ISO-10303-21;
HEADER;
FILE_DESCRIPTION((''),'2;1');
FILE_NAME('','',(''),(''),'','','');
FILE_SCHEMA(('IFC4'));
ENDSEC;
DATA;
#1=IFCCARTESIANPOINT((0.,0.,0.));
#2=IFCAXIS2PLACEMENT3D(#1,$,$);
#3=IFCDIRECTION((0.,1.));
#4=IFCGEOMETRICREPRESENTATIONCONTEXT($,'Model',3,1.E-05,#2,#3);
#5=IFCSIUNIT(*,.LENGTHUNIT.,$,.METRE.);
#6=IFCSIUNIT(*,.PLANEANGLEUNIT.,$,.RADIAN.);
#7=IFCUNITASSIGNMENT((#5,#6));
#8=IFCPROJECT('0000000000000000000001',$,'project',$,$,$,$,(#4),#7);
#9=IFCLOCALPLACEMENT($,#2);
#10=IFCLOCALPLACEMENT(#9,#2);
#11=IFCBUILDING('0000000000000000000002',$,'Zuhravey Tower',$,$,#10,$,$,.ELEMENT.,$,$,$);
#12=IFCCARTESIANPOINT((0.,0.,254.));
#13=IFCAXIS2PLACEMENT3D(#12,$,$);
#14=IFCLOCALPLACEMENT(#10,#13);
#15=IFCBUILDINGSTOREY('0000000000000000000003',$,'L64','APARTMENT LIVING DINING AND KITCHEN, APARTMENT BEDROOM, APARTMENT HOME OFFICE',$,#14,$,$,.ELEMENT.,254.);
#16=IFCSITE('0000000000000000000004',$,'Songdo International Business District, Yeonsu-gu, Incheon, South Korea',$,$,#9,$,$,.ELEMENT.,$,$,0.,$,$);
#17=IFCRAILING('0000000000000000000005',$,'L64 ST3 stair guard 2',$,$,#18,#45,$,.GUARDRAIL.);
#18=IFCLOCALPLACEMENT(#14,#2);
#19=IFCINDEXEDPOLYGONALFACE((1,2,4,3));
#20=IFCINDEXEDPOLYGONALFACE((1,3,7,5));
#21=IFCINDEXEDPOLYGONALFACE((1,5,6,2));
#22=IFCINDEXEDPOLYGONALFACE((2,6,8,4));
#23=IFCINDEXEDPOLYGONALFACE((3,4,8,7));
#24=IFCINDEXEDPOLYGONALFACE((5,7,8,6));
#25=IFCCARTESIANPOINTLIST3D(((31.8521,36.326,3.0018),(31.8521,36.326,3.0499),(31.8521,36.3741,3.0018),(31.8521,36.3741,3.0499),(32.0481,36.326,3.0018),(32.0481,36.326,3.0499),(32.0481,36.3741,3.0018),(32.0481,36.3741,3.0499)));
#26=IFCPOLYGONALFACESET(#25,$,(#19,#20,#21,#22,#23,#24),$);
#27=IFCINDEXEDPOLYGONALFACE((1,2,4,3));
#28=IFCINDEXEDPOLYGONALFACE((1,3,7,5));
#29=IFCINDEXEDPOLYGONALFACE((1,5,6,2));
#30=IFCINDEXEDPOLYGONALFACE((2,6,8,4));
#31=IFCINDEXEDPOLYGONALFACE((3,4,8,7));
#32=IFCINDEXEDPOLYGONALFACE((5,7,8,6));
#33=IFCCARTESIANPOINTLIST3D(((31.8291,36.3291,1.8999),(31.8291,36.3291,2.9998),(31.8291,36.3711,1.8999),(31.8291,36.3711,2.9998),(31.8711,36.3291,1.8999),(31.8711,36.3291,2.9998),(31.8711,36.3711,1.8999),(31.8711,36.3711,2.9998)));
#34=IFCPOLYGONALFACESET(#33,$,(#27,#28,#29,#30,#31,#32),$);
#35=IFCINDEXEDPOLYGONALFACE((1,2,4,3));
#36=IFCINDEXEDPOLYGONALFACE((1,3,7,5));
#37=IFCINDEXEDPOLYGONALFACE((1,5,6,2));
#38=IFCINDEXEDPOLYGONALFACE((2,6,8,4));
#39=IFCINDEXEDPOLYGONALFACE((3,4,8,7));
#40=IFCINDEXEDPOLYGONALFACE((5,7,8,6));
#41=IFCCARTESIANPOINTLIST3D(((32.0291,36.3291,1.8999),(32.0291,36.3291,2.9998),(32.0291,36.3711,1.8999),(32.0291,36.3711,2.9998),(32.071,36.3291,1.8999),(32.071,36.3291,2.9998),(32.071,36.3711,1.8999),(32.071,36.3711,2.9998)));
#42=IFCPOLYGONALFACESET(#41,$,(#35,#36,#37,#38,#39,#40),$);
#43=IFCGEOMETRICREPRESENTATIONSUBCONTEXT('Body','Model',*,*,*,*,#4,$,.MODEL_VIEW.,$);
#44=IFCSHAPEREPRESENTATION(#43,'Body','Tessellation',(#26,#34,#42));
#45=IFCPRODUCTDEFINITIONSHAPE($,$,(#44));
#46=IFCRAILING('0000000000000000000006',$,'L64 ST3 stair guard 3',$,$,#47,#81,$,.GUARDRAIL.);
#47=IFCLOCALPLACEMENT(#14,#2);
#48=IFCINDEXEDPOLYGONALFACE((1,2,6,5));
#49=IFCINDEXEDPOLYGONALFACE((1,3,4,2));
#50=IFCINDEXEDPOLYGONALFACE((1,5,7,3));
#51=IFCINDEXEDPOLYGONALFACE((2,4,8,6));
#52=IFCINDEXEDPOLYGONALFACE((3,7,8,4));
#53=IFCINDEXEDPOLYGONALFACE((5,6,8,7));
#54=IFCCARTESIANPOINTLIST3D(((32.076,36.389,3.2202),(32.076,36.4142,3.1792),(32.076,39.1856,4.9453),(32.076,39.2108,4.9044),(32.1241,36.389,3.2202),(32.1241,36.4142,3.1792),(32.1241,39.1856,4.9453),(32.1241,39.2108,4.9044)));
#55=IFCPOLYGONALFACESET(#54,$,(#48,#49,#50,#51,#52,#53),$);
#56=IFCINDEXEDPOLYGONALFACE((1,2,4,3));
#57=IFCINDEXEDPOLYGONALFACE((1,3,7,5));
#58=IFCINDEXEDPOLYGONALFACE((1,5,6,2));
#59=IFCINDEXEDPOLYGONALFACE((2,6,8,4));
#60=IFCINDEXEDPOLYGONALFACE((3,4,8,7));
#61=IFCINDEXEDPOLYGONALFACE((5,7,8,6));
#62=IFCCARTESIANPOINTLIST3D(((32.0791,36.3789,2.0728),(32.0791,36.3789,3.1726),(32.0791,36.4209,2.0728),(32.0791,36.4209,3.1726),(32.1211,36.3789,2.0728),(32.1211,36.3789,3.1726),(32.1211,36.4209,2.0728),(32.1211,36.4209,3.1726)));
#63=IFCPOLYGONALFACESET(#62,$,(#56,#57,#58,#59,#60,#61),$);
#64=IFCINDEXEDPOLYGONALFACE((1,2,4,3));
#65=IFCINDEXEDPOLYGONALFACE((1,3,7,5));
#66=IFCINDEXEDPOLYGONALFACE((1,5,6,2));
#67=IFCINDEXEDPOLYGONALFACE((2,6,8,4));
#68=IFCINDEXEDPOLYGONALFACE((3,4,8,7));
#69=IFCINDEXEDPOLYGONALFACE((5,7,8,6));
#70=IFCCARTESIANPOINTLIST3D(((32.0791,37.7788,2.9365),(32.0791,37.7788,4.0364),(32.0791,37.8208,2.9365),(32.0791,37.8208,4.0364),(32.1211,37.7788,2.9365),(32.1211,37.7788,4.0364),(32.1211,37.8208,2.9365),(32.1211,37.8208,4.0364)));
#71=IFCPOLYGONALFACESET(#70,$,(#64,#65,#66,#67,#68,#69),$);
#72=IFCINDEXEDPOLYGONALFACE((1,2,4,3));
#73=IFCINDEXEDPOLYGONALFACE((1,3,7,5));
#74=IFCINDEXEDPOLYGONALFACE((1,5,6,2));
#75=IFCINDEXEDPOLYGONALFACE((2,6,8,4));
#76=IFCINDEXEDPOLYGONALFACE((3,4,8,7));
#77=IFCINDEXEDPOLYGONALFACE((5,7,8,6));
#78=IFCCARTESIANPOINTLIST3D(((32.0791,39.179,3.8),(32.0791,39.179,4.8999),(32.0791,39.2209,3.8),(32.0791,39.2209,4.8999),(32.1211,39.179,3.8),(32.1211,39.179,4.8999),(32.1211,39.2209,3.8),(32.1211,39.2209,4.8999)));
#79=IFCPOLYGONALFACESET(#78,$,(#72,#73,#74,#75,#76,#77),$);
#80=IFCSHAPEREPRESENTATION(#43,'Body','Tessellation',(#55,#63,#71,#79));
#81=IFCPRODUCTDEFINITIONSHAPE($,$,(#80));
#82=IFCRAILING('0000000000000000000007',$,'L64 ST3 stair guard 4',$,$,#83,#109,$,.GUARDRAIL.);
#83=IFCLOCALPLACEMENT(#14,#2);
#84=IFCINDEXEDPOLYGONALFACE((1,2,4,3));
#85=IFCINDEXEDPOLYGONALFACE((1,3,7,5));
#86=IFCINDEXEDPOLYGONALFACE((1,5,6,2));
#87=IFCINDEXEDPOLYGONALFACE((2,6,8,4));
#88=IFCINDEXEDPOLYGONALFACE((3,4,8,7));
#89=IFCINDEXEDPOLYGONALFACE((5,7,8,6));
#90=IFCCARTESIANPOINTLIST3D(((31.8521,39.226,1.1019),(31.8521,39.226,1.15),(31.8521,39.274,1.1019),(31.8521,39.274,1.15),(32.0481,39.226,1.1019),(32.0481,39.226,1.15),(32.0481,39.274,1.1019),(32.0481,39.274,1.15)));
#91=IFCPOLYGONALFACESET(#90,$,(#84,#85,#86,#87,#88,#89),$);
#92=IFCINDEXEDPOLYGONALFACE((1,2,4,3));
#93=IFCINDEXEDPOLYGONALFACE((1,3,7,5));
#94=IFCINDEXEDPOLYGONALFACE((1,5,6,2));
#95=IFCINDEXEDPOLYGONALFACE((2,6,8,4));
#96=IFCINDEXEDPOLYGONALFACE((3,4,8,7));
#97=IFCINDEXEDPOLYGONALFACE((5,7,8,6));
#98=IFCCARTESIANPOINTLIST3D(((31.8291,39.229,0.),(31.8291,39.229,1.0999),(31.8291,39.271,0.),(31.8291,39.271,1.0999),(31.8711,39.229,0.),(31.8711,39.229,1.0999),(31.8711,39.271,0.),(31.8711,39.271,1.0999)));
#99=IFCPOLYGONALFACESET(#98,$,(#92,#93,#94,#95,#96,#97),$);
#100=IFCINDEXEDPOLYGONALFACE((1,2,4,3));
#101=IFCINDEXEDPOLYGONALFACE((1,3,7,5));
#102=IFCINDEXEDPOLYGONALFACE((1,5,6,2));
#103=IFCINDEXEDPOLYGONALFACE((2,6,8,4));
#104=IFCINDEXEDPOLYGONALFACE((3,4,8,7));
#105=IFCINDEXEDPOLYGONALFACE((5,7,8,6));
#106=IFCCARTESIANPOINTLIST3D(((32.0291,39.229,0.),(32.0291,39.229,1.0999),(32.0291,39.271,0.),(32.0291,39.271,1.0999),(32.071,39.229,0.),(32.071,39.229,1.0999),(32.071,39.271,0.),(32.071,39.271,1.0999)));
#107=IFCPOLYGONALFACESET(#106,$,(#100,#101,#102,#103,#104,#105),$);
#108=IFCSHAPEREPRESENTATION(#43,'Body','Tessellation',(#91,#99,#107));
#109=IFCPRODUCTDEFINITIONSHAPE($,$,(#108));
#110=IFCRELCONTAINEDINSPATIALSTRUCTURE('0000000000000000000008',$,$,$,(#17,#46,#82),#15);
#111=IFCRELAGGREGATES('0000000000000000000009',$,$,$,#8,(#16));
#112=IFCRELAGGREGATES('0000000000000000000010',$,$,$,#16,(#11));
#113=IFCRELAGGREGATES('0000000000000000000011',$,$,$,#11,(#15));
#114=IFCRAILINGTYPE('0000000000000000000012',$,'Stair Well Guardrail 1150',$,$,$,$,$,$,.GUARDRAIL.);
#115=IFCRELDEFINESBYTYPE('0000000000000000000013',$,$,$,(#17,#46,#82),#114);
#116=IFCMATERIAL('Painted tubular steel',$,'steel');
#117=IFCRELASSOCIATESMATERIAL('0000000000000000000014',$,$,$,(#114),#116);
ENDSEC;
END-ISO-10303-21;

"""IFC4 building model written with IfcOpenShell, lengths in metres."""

from ifc_helpers import new_model, si_unit, direction, frame, origin, origin_2d, place, context, subcontext, project, spatial, rectangle, extrude, material, type_object, element, save


model = new_model("IFC4")

# Units and contexts
model_context = context("Model", 3, precision=1e-05, world=origin(), true_north=direction((0.0, 1.0)))
body_context = subcontext(model_context, "Body", "Model", "MODEL_VIEW")
ifc_project = project(units=[si_unit("LENGTHUNIT", "METRE"), si_unit("PLANEANGLEUNIT", "RADIAN")], contexts=[model_context])

# Site, building, storey
site_placement = place(None, origin())
site = spatial("IfcSite", under=ifc_project, at=site_placement, Name="Songdo International Business District, Yeonsu-gu, Incheon, South Korea", CompositionType="ELEMENT", RefElevation=0.0)
building_placement = place(site_placement, origin())
building = spatial("IfcBuilding", under=site, at=building_placement, Name="Zuhravey Tower", CompositionType="ELEMENT")
storey_placement = place(building_placement, frame((0.0, 0.0, 254.0)))
storey = spatial("IfcBuildingStorey", under=building, at=storey_placement, Name="L64", Description="APARTMENT LIVING DINING AND KITCHEN, APARTMENT BEDROOM, APARTMENT HOME OFFICE", CompositionType="ELEMENT", Elevation=254.0)

# Railings
ifc_material_1 = material(Name="Painted tubular steel", Category="steel")
railing_type_1 = type_object("IfcRailingType", Name="Stair Well Guardrail 1150", PredefinedType="GUARDRAIL", material=ifc_material_1)
railing_1_placement = place(storey_placement, frame((31.8501, 36.3501, 1.8999)))
element("IfcRailing", 1, at=railing_1_placement, inside=storey, type_object=railing_type_1, Name="L64 ST3 stair guard 2", PredefinedType="GUARDRAIL", context=body_context, shape_type="SweptSolid", body=[
    extrude(rectangle(XDim=0.0481, YDim=0.0481, at=origin_2d()), frame((0.002, 0.0, 1.126), z_axis=(1.0, 0.0, 0.0), x_axis=(0.0, 1.0, 0.0)), (0.0, 0.0, 1.0), 0.196),
    extrude(rectangle(XDim=0.042, YDim=0.042, at=origin_2d()), origin(), (0.0, 0.0, 1.0), 1.0999),
    extrude(rectangle(XDim=0.042, YDim=0.042, at=origin_2d()), frame((0.2, 0.0, 0.0)), (0.0, 0.0, 1.0), 1.0999),
])
railing_2_placement = place(storey_placement, frame((32.1001, 36.3999, 2.0728)))
element("IfcRailing", 2, at=railing_2_placement, inside=storey, type_object=railing_type_1, Name="L64 ST3 stair guard 3", PredefinedType="GUARDRAIL", context=body_context, shape_type="SweptSolid", body=[
    extrude(rectangle(XDim=0.0481, YDim=0.0481, at=origin_2d()), frame((0.0, 0.0017, 1.127), z_axis=(0.0, 0.85109, 0.52502), x_axis=(-1.0, 0.0, 0.0)), (0.0, 0.0, 1.0), 3.2859),
    extrude(rectangle(XDim=0.042, YDim=0.042, at=origin_2d()), origin(), (0.0, 0.0, 1.0), 1.0999),
    extrude(rectangle(XDim=0.042, YDim=0.042, at=origin_2d()), frame((0.0, 1.3999, 0.8638)), (0.0, 0.0, 1.0), 1.0999),
    extrude(rectangle(XDim=0.042, YDim=0.042, at=origin_2d()), frame((0.0, 2.8, 1.7273)), (0.0, 0.0, 1.0), 1.0999),
])
railing_3_placement = place(storey_placement, frame((31.8501, 39.25, 0.0)))
element("IfcRailing", 3, at=railing_3_placement, inside=storey, type_object=railing_type_1, Name="L64 ST3 stair guard 4", PredefinedType="GUARDRAIL", context=body_context, shape_type="SweptSolid", body=[
    extrude(rectangle(XDim=0.0481, YDim=0.0481, at=origin_2d()), frame((0.002, 0.0, 1.126), z_axis=(1.0, 0.0, 0.0), x_axis=(0.0, 1.0, 0.0)), (0.0, 0.0, 1.0), 0.196),
    extrude(rectangle(XDim=0.042, YDim=0.042, at=origin_2d()), origin(), (0.0, 0.0, 1.0), 1.0999),
    extrude(rectangle(XDim=0.042, YDim=0.042, at=origin_2d()), frame((0.2, 0.0, 0.0)), (0.0, 0.0, 1.0), 1.0999),
])

save(model, "model.ifc")
